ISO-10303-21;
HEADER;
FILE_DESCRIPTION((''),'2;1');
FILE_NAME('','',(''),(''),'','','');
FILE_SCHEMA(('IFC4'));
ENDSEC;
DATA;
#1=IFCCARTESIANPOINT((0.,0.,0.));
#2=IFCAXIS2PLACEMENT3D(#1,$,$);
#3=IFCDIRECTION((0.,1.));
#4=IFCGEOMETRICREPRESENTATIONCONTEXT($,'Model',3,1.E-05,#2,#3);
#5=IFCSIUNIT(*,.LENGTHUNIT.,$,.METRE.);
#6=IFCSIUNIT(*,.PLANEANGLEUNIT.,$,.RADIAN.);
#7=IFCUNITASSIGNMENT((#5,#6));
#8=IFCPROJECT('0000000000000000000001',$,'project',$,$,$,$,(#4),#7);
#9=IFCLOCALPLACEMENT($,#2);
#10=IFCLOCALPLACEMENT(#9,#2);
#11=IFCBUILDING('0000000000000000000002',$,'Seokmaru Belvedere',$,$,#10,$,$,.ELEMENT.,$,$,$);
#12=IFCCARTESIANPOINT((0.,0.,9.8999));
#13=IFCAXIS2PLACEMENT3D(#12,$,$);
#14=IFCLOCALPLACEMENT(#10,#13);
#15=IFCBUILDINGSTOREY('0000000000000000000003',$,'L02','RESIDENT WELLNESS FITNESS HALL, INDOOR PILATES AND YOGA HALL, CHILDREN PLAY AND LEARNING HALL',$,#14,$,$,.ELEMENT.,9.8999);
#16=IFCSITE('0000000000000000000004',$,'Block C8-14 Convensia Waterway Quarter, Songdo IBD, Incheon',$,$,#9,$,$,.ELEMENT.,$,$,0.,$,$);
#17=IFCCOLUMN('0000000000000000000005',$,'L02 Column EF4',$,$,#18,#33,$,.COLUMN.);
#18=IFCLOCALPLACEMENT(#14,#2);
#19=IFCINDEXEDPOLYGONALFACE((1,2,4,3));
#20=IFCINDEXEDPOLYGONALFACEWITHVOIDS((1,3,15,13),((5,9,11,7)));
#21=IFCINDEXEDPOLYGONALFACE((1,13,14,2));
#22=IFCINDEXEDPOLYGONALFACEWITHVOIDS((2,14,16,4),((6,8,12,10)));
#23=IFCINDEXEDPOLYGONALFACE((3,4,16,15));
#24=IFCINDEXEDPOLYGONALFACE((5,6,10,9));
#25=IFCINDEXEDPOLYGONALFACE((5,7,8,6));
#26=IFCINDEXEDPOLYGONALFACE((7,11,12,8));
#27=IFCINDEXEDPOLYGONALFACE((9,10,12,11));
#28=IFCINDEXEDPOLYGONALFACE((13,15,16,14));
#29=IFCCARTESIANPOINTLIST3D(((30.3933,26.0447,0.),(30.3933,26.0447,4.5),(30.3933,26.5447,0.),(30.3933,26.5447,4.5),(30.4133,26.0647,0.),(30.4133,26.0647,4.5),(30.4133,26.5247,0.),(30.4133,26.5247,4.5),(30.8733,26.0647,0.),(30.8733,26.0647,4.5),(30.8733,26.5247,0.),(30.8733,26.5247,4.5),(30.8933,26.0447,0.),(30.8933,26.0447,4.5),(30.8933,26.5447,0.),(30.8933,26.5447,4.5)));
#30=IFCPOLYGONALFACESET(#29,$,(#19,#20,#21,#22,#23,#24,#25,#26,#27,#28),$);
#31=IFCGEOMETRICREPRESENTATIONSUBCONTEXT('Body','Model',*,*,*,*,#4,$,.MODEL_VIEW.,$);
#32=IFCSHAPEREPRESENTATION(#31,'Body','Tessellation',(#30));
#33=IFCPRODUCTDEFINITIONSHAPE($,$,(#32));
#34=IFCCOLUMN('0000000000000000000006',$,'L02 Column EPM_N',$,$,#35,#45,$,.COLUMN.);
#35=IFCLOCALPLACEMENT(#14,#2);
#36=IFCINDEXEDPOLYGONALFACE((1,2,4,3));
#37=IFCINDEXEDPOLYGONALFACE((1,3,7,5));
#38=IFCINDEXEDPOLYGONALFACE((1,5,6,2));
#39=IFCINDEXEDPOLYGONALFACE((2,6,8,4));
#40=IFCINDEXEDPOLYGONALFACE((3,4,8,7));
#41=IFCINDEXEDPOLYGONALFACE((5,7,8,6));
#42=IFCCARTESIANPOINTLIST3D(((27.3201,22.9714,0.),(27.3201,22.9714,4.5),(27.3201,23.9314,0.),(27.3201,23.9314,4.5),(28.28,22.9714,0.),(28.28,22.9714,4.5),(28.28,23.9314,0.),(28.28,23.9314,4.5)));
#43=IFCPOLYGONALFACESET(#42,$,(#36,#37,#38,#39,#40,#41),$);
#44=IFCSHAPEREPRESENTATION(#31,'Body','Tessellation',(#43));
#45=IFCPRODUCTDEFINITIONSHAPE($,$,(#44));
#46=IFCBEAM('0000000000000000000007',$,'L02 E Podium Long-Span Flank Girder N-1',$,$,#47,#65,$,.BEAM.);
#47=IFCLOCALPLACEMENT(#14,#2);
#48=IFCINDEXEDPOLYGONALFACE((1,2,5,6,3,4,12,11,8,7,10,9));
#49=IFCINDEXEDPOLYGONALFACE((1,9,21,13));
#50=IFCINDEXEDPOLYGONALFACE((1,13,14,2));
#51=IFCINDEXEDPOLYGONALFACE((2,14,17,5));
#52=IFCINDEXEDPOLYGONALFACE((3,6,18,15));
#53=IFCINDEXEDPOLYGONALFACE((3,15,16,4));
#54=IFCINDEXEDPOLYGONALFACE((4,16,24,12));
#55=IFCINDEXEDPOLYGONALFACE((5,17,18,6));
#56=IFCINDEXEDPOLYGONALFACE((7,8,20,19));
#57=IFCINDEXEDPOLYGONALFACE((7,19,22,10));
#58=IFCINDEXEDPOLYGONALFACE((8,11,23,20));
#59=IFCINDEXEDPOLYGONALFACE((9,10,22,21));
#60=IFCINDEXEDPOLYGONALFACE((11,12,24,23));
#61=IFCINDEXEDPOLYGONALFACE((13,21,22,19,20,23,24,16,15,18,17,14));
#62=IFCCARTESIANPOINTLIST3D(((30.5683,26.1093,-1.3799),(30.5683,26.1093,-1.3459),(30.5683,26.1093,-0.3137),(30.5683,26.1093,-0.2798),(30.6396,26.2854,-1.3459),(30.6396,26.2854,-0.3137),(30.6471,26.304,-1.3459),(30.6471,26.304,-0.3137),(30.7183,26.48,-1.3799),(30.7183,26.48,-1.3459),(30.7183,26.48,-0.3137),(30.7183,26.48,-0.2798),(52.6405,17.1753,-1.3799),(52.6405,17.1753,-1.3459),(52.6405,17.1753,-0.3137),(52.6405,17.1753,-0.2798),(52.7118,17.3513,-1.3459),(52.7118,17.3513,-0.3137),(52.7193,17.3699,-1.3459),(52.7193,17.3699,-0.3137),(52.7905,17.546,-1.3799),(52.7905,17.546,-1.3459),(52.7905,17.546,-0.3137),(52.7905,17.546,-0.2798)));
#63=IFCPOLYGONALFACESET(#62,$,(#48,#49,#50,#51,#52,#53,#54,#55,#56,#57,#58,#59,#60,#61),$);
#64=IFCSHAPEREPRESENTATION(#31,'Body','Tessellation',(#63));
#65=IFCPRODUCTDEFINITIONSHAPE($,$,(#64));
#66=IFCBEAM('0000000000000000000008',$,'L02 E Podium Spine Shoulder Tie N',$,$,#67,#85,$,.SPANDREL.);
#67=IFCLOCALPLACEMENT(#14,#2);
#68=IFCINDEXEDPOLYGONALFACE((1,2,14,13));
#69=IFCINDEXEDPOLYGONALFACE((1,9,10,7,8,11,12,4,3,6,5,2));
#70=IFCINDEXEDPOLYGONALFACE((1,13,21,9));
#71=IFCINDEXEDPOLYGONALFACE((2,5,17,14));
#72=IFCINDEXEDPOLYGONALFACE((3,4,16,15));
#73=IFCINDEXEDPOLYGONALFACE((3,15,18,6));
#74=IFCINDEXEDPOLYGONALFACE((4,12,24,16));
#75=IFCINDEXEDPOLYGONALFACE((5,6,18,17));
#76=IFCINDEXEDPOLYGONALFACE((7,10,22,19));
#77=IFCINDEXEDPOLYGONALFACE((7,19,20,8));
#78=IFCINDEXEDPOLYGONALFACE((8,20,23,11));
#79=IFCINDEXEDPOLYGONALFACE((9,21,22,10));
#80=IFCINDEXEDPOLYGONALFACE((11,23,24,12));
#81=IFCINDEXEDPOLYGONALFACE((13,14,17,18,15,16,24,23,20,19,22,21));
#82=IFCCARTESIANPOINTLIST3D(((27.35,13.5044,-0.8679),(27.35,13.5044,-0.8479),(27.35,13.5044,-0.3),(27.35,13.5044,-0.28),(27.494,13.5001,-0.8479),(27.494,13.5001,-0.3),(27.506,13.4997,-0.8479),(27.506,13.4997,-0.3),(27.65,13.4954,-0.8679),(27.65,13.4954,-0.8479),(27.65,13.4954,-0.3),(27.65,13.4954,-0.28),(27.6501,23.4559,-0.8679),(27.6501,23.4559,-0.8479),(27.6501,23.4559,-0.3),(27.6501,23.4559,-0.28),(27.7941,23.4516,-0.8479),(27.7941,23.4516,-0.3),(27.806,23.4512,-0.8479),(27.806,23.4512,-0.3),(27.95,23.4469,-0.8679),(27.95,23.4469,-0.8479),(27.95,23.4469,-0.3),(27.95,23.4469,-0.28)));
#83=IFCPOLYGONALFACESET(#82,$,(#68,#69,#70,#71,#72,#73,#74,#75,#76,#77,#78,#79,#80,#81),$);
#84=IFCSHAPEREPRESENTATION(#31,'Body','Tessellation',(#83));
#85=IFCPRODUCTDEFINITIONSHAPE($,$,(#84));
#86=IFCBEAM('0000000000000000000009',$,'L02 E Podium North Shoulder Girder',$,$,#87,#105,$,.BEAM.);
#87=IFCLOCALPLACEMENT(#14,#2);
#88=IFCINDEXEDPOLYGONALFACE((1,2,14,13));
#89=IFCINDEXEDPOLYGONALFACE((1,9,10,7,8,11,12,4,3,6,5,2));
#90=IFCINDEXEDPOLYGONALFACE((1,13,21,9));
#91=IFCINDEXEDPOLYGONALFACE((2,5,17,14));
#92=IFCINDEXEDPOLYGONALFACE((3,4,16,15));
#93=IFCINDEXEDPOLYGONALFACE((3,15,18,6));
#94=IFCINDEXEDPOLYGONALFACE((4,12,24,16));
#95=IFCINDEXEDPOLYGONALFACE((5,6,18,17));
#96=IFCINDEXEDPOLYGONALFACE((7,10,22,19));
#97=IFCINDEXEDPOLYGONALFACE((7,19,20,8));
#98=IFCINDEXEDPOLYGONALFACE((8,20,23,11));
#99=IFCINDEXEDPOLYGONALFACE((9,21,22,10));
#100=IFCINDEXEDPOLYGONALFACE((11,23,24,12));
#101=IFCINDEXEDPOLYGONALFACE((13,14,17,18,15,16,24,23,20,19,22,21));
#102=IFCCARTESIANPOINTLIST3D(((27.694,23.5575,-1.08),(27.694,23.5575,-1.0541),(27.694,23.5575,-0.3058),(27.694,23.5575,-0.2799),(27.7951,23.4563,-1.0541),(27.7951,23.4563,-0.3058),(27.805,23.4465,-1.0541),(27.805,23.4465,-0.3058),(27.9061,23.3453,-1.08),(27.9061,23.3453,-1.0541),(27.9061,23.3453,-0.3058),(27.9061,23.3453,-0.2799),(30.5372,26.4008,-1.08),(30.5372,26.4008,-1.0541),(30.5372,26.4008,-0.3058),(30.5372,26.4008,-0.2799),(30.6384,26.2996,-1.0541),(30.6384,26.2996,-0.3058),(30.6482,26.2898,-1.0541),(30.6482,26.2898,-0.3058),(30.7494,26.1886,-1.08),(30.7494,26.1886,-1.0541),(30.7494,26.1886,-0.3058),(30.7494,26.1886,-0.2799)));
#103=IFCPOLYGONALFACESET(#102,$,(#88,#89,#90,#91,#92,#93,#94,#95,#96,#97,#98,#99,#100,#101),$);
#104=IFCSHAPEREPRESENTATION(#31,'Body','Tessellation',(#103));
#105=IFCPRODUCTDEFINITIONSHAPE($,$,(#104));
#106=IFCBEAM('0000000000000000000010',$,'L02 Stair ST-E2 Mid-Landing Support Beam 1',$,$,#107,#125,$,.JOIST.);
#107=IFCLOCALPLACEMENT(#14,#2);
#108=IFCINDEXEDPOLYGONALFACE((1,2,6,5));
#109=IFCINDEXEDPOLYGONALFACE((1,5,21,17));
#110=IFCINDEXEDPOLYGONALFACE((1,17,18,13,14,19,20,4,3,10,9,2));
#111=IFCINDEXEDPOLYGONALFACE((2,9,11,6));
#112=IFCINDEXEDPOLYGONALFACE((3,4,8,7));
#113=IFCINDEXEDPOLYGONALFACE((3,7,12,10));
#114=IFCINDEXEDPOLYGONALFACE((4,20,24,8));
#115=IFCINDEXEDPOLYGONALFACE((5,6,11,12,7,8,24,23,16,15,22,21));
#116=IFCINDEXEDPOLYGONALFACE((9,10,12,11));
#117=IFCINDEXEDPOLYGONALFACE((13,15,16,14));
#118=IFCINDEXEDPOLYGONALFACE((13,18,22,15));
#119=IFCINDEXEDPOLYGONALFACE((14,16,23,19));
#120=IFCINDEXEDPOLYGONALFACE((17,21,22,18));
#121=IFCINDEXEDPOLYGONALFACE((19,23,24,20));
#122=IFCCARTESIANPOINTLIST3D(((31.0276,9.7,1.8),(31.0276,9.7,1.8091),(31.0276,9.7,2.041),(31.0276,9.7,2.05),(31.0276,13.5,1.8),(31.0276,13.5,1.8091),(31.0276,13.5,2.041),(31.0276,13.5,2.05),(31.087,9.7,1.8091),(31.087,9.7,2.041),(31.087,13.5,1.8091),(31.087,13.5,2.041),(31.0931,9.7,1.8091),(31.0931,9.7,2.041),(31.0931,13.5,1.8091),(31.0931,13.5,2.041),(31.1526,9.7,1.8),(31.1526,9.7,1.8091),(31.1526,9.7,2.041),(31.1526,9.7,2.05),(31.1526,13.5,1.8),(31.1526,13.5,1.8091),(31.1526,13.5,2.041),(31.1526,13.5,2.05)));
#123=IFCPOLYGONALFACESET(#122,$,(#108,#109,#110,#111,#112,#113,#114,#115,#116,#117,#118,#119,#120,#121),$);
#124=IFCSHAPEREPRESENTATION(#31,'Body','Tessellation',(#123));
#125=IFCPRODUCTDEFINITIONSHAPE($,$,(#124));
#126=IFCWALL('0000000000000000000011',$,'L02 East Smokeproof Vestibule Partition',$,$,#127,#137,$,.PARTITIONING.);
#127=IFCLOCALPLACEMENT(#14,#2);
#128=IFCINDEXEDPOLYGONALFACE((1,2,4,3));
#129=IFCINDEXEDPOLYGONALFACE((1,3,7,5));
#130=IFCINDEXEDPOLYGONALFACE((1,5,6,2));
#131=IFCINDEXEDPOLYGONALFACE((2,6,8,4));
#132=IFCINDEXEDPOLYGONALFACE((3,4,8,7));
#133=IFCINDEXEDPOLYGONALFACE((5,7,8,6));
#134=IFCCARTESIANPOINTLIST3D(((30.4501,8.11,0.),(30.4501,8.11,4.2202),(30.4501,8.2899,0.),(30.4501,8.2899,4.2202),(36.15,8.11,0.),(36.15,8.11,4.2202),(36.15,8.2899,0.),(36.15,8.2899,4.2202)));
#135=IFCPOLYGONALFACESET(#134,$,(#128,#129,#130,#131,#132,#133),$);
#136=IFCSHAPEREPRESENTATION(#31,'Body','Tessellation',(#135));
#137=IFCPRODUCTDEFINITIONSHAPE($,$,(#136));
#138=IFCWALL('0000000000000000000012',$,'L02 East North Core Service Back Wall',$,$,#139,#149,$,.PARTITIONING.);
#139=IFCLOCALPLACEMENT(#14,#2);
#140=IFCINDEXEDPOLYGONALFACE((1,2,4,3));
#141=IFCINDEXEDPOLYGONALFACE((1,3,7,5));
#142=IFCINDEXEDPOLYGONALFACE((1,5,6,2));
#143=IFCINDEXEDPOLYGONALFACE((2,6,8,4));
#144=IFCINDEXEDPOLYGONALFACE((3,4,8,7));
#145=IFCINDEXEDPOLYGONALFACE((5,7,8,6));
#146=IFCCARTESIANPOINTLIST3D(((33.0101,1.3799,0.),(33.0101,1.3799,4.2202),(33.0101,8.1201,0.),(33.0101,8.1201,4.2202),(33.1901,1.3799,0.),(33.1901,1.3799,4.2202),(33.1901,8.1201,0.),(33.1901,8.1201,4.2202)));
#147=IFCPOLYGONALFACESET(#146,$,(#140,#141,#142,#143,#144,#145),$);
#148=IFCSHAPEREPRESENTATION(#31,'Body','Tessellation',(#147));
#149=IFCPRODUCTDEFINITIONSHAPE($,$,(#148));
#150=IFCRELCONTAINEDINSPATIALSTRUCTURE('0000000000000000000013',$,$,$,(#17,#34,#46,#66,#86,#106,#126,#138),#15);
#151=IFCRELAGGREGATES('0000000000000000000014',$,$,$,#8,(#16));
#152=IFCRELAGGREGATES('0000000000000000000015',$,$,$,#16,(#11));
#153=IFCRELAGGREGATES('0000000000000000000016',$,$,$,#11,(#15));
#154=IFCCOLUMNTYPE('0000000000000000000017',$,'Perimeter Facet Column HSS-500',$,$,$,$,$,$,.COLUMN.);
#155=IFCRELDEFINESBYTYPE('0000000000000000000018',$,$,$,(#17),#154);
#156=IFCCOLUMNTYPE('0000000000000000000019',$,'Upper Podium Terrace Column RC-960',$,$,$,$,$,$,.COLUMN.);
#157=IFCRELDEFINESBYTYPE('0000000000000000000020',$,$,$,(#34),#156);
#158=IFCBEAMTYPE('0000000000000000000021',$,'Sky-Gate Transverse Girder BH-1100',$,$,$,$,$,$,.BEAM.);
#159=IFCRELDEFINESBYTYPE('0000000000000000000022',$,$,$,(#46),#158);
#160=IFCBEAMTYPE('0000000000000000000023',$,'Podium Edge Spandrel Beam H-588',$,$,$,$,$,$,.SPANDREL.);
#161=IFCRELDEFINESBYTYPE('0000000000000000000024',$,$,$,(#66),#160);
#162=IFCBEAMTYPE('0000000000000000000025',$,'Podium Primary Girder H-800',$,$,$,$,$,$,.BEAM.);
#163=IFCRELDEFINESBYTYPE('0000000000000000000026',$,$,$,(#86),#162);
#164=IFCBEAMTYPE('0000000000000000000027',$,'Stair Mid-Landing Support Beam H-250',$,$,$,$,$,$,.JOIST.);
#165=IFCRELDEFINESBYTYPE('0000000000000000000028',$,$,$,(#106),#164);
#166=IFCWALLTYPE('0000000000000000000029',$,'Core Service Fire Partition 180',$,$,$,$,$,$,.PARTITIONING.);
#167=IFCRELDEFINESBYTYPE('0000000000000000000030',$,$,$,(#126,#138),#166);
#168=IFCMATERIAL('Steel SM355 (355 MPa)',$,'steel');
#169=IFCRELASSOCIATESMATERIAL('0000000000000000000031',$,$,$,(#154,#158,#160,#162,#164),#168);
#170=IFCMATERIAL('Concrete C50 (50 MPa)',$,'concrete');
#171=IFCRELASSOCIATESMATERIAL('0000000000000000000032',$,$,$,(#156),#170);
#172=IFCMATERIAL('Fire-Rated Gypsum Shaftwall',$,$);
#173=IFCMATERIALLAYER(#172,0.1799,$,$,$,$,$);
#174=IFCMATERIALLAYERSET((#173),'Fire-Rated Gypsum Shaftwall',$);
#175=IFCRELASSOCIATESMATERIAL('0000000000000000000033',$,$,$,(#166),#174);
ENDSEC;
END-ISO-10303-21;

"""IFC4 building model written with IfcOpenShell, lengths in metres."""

from ifc_helpers import new_model, si_unit, direction, frame, frame_2d, origin, origin_2d, place, context, subcontext, project, spatial, rectangle, hollow_rectangle, i_section, extrude, source, transform, mapped, material, layer, layer_set, material_profile, profile_set, type_object, type_shapes, element, save


model = new_model("IFC4")

# Units and contexts
model_context = context("Model", 3, precision=1e-05, world=origin(), true_north=direction((0.0, 1.0)))
body_context = subcontext(model_context, "Body", "Model", "MODEL_VIEW")
ifc_project = project(units=[si_unit("LENGTHUNIT", "METRE"), si_unit("PLANEANGLEUNIT", "RADIAN")], contexts=[model_context])

# Site, building, storey
site_placement = place(None, origin())
site = spatial("IfcSite", under=ifc_project, at=site_placement, Name="Block C8-14 Convensia Waterway Quarter, Songdo IBD, Incheon", CompositionType="ELEMENT", RefElevation=0.0)
building_placement = place(site_placement, origin())
building = spatial("IfcBuilding", under=site, at=building_placement, Name="Seokmaru Belvedere", CompositionType="ELEMENT")
storey_placement = place(building_placement, frame((0.0, 0.0, 9.8999)))
storey = spatial("IfcBuildingStorey", under=building, at=storey_placement, Name="L02", Description="RESIDENT WELLNESS FITNESS HALL, INDOOR PILATES AND YOGA HALL, CHILDREN PLAY AND LEARNING HALL", CompositionType="ELEMENT", Elevation=9.8999)

# Columns
ifc_material_1 = material(Name="Steel SM355 (355 MPa)", Category="steel")
ifc_material_profile_1 = material_profile(ifc_material_1, hollow_rectangle(XDim=0.5, YDim=0.5, WallThickness=0.02, at=origin_2d()), Name="HSS-500x500x20")
ifc_profile_set_1 = profile_set([ifc_material_profile_1], Name="Steel SM355 (355 MPa)")
column_type_1 = type_object("IfcColumnType", Name="Perimeter Facet Column HSS-500", PredefinedType="COLUMN", material=ifc_profile_set_1)
shared_shape_1 = source(origin(), body_context, "Body", "SweptSolid", [
    extrude(hollow_rectangle(XDim=0.5, YDim=0.5, WallThickness=0.02, at=origin_2d()), origin(), (0.0, 0.0, 1.0), 4.5),
])
type_shapes(column_type_1, [shared_shape_1])
column_1_placement = place(storey_placement, frame((30.6433, 26.2947, 0.0), z_axis=(0.0, 0.0, 1.0), x_axis=(1.0, 0.0, 0.0)))
element("IfcColumn", 1, at=column_1_placement, inside=storey, type_object=column_type_1, Name="L02 Column EF4", PredefinedType="COLUMN", context=body_context, shape_type="MappedRepresentation", body=[
    mapped(shared_shape_1, transform((0.0, 0.0, 0.0), scale=1.0)),
])
ifc_material_2 = material(Name="Concrete C50 (50 MPa)", Category="concrete")
ifc_material_profile_2 = material_profile(ifc_material_2, rectangle(XDim=0.96, YDim=0.96, at=origin_2d()), Name="RC-960x960")
ifc_profile_set_2 = profile_set([ifc_material_profile_2], Name="Concrete C50 (50 MPa)")
column_type_2 = type_object("IfcColumnType", Name="Upper Podium Terrace Column RC-960", PredefinedType="COLUMN", material=ifc_profile_set_2)
shared_shape_2 = source(origin(), body_context, "Body", "SweptSolid", [
    extrude(rectangle(XDim=0.96, YDim=0.96, at=origin_2d()), origin(), (0.0, 0.0, 1.0), 4.5),
])
type_shapes(column_type_2, [shared_shape_2])
column_2_placement = place(storey_placement, frame((27.8, 23.4514, 0.0), z_axis=(0.0, 0.0, 1.0), x_axis=(1.0, 0.0, 0.0)))
element("IfcColumn", 2, at=column_2_placement, inside=storey, type_object=column_type_2, Name="L02 Column EPM_N", PredefinedType="COLUMN", context=body_context, shape_type="MappedRepresentation", body=[
    mapped(shared_shape_2, transform((0.0, 0.0, 0.0), scale=1.0)),
])

# Beams
ifc_material_profile_3 = material_profile(ifc_material_1, i_section(OverallWidth=0.3999, OverallDepth=1.1001, WebThickness=0.02, FlangeThickness=0.0339, at=origin_2d()), Name="BH-1100x400x20x34")
ifc_profile_set_3 = profile_set([ifc_material_profile_3], Name="Steel SM355 (355 MPa)")
beam_type_1 = type_object("IfcBeamType", Name="Sky-Gate Transverse Girder BH-1100", PredefinedType="BEAM", material=ifc_profile_set_3)
shared_shape_3 = source(origin(), body_context, "Body", "SweptSolid", [
    extrude(i_section(OverallWidth=0.3999, OverallDepth=1.1001, WebThickness=0.02, FlangeThickness=0.0339, at=origin_2d()), origin(), (0.0, 0.0, 1.0), 23.8118),
])
type_shapes(beam_type_1, [shared_shape_3])
beam_1_placement = place(storey_placement, frame((30.6433, 26.2947, -0.8298), z_axis=(0.926946, -0.375195, 0.0), x_axis=(0.375195, 0.926946, 0.0)))
element("IfcBeam", 3, at=beam_1_placement, inside=storey, type_object=beam_type_1, Name="L02 E Podium Long-Span Flank Girder N-1", PredefinedType="BEAM", context=body_context, shape_type="MappedRepresentation", body=[
    mapped(shared_shape_3, transform((0.0, 0.0, 0.0), scale=1.0)),
])
ifc_material_profile_4 = material_profile(ifc_material_1, i_section(OverallWidth=0.3, OverallDepth=0.5879, WebThickness=0.012, FlangeThickness=0.02, at=origin_2d()), Name="H-588x300x12x20")
ifc_profile_set_4 = profile_set([ifc_material_profile_4], Name="Steel SM355 (355 MPa)")
beam_type_2 = type_object("IfcBeamType", Name="Podium Edge Spandrel Beam H-588", PredefinedType="SPANDREL", material=ifc_profile_set_4)
shared_shape_4 = source(origin(), body_context, "Body", "SweptSolid", [
    extrude(i_section(OverallWidth=0.3, OverallDepth=0.5879, WebThickness=0.012, FlangeThickness=0.02, at=origin_2d()), origin(), (0.0, 0.0, 1.0), 9.9561),
])
type_shapes(beam_type_2, [shared_shape_4])
beam_2_placement = place(storey_placement, frame((27.8, 23.4514, -0.574), z_axis=(-0.030138, -0.999546, 0.0), x_axis=(0.999546, -0.030138, 0.0)))
element("IfcBeam", 4, at=beam_2_placement, inside=storey, type_object=beam_type_2, Name="L02 E Podium Spine Shoulder Tie N", PredefinedType="SPANDREL", context=body_context, shape_type="MappedRepresentation", body=[
    mapped(shared_shape_4, transform((0.0, 0.0, 0.0), scale=1.0)),
])
ifc_material_profile_5 = material_profile(ifc_material_1, i_section(OverallWidth=0.3, OverallDepth=0.8, WebThickness=0.0139, FlangeThickness=0.0259, at=origin_2d()), Name="H-800x300x14x26")
ifc_profile_set_5 = profile_set([ifc_material_profile_5], Name="Steel SM355 (355 MPa)")
beam_type_3 = type_object("IfcBeamType", Name="Podium Primary Girder H-800", PredefinedType="BEAM", material=ifc_profile_set_5)
shared_shape_5 = source(origin(), body_context, "Body", "SweptSolid", [
    extrude(i_section(OverallWidth=0.3, OverallDepth=0.8, WebThickness=0.0139, FlangeThickness=0.0259, at=origin_2d()), origin(), (0.0, 0.0, 1.0), 4.021),
])
type_shapes(beam_type_3, [shared_shape_5])
beam_3_placement = place(storey_placement, frame((30.6433, 26.2947, -0.6799), z_axis=(-0.707107, -0.707107, 0.0), x_axis=(0.707107, -0.707107, 0.0)))
element("IfcBeam", 5, at=beam_3_placement, inside=storey, type_object=beam_type_3, Name="L02 E Podium North Shoulder Girder", PredefinedType="BEAM", context=body_context, shape_type="MappedRepresentation", body=[
    mapped(shared_shape_5, transform((0.0, 0.0, 0.0), scale=1.0)),
])
ifc_material_profile_6 = material_profile(ifc_material_1, i_section(OverallWidth=0.125, OverallDepth=0.25, WebThickness=0.0061, FlangeThickness=0.009, at=origin_2d()), Name="H-250x125x6x9")
ifc_profile_set_6 = profile_set([ifc_material_profile_6], Name="Steel SM355 (355 MPa)")
beam_type_4 = type_object("IfcBeamType", Name="Stair Mid-Landing Support Beam H-250", PredefinedType="JOIST", material=ifc_profile_set_6)
shared_shape_6 = source(origin(), body_context, "Body", "SweptSolid", [
    extrude(i_section(OverallWidth=0.125, OverallDepth=0.25, WebThickness=0.0061, FlangeThickness=0.009, at=origin_2d()), origin(), (0.0, 0.0, 1.0), 3.8),
])
type_shapes(beam_type_4, [shared_shape_6])
beam_4_placement = place(storey_placement, frame((31.0901, 9.7, 1.925), z_axis=(0.0, 1.0, 0.0), x_axis=(-1.0, 0.0, 0.0)))
element("IfcBeam", 6, at=beam_4_placement, inside=storey, type_object=beam_type_4, Name="L02 Stair ST-E2 Mid-Landing Support Beam 1", PredefinedType="JOIST", context=body_context, shape_type="MappedRepresentation", body=[
    mapped(shared_shape_6, transform((0.0, 0.0, 0.0), scale=1.0)),
])

# Walls
ifc_material_3 = material(Name="Fire-Rated Gypsum Shaftwall")
ifc_layer_1 = layer(ifc_material_3, 0.1799)
ifc_layer_set_1 = layer_set([ifc_layer_1], Name="Fire-Rated Gypsum Shaftwall")
wall_type_1 = type_object("IfcWallType", Name="Core Service Fire Partition 180", PredefinedType="PARTITIONING", material=ifc_layer_set_1)
wall_1_placement = place(storey_placement, frame((30.45, 8.2, 0.0), z_axis=(0.0, 0.0, 1.0), x_axis=(1.0, 0.0, 0.0)))
element("IfcWall", 7, at=wall_1_placement, inside=storey, type_object=wall_type_1, Name="L02 East Smokeproof Vestibule Partition", PredefinedType="PARTITIONING", context=body_context, shape_type="SweptSolid", body=[
    extrude(rectangle(XDim=5.7, YDim=0.1799, at=frame_2d((2.8501, 0.0))), origin(), (0.0, 0.0, 1.0), 4.2202),
])
wall_2_placement = place(storey_placement, frame((33.1001, 1.3799, 0.0), z_axis=(0.0, 0.0, 1.0), x_axis=(0.0, 1.0, 0.0)))
element("IfcWall", 8, at=wall_2_placement, inside=storey, type_object=wall_type_1, Name="L02 East North Core Service Back Wall", PredefinedType="PARTITIONING", context=body_context, shape_type="SweptSolid", body=[
    extrude(rectangle(XDim=6.7402, YDim=0.1799, at=frame_2d((3.3701, 0.0))), origin(), (0.0, 0.0, 1.0), 4.2202),
])

save(model, "model.ifc")
